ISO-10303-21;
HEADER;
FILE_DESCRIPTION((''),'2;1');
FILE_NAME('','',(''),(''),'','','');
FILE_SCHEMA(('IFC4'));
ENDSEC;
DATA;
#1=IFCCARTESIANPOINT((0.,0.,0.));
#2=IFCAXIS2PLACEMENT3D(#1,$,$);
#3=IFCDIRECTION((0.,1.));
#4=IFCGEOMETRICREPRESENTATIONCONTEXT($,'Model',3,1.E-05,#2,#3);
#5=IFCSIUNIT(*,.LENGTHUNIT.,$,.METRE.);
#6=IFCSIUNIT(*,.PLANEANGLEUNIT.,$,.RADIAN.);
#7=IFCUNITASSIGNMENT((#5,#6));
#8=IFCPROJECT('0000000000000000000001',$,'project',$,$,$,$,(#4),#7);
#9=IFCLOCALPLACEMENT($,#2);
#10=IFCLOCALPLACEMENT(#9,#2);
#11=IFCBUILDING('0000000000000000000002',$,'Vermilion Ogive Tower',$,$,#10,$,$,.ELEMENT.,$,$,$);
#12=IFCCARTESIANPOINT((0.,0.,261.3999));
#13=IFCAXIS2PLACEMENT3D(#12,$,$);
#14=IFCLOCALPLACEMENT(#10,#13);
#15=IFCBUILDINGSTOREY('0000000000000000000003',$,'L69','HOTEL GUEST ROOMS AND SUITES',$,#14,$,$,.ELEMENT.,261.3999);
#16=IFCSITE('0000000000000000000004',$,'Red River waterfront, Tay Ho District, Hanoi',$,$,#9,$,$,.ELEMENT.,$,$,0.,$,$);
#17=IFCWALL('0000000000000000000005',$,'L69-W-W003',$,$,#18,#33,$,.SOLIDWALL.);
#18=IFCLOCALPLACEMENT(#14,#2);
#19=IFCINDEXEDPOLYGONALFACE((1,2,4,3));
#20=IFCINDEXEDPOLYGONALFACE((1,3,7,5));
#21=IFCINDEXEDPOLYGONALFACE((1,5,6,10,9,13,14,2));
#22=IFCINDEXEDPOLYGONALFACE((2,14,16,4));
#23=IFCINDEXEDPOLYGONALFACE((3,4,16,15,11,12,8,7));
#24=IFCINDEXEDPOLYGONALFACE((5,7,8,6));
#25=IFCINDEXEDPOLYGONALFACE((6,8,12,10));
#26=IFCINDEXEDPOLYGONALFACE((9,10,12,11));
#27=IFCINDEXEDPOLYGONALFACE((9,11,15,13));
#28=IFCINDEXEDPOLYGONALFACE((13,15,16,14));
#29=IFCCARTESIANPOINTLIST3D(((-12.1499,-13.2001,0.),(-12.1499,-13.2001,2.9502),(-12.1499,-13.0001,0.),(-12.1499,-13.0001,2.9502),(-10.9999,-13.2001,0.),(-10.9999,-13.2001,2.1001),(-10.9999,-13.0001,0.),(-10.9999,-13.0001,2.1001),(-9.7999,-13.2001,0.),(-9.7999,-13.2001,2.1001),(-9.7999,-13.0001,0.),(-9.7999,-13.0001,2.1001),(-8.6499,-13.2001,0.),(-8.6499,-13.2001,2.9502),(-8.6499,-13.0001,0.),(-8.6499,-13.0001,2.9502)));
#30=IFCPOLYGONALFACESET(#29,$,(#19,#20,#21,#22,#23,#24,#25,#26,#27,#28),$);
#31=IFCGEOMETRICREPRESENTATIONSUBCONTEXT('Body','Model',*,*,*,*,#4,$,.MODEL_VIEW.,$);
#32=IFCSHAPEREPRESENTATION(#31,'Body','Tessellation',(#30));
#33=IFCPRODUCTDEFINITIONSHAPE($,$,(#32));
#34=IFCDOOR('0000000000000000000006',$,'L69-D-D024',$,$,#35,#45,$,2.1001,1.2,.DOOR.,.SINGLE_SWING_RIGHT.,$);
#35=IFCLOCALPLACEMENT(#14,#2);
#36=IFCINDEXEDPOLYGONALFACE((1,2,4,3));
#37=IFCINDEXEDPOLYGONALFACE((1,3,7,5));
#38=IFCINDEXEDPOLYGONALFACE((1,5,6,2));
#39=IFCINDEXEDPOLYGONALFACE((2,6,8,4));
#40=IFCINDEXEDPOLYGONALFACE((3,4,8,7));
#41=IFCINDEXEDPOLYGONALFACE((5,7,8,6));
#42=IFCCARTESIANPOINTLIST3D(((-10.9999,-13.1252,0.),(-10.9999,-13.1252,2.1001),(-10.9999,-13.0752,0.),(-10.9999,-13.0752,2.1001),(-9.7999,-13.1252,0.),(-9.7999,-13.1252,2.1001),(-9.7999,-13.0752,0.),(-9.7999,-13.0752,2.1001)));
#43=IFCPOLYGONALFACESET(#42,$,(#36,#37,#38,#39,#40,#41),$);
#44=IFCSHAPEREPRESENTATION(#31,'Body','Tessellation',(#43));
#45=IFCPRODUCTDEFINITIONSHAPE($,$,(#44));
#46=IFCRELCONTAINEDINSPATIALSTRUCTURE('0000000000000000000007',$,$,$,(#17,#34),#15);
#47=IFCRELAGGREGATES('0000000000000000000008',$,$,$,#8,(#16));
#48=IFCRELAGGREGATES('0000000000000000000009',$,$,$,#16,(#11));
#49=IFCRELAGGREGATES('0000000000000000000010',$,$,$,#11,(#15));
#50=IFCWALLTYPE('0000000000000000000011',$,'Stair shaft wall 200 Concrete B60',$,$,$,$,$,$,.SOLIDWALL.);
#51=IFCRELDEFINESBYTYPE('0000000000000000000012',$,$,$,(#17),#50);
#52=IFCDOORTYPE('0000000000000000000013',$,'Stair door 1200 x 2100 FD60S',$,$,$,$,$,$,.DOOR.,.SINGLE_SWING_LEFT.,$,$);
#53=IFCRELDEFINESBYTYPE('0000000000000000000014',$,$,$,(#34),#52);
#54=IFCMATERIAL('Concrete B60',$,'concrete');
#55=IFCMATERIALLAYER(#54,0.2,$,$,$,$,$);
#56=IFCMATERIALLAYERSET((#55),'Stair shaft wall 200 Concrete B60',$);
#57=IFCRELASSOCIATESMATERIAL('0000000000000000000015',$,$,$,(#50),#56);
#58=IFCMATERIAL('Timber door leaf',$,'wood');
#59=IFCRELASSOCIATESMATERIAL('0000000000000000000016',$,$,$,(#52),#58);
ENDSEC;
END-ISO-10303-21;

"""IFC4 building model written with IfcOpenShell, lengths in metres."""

from ifc_helpers import new_model, si_unit, direction, frame, frame_2d, origin, place, context, subcontext, project, spatial, rectangle, extrude, material, layer, layer_set, type_object, element, fill, save


model = new_model("IFC4")

# Units and contexts
model_context = context("Model", 3, precision=1e-05, world=origin(), true_north=direction((0.0, 1.0)))
body_context = subcontext(model_context, "Body", "Model", "MODEL_VIEW")
ifc_project = project(units=[si_unit("LENGTHUNIT", "METRE"), si_unit("PLANEANGLEUNIT", "RADIAN")], contexts=[model_context])

# Site, building, storey
site_placement = place(None, origin())
site = spatial("IfcSite", under=ifc_project, at=site_placement, Name="Red River waterfront, Tay Ho District, Hanoi", CompositionType="ELEMENT", RefElevation=0.0)
building_placement = place(site_placement, origin())
building = spatial("IfcBuilding", under=site, at=building_placement, Name="Vermilion Ogive Tower", CompositionType="ELEMENT")
storey_placement = place(building_placement, frame((0.0, 0.0, 261.3999)))
storey = spatial("IfcBuildingStorey", under=building, at=storey_placement, Name="L69", Description="HOTEL GUEST ROOMS AND SUITES", CompositionType="ELEMENT", Elevation=261.3999)

# Wall, opening, door
ifc_material_1 = material(Name="Concrete B60", Category="concrete")
ifc_layer_1 = layer(ifc_material_1, 0.2)
ifc_layer_set_1 = layer_set([ifc_layer_1], Name="Stair shaft wall 200 Concrete B60")
wall_type_1 = type_object("IfcWallType", Name="Stair shaft wall 200 Concrete B60", PredefinedType="SOLIDWALL", material=ifc_layer_set_1)
wall_1_placement = place(storey_placement, frame((-12.1499, -13.1001, 0.0), z_axis=(0.0, 0.0, 1.0), x_axis=(1.0, 0.0, 0.0)))
wall_1 = element("IfcWall", 1, at=wall_1_placement, inside=storey, type_object=wall_type_1, Name="L69-W-W003", PredefinedType="SOLIDWALL", context=body_context, shape_type="SweptSolid", body=[
    extrude(rectangle(XDim=3.5, YDim=0.2, at=frame_2d((1.75, 0.0))), origin(), (0.0, 0.0, 1.0), 2.9502),
])
opening_1_placement = place(wall_1_placement, frame((1.1499, 0.0, 0.0)))
opening_1 = element("IfcOpeningElement", 2, at=opening_1_placement, cuts=wall_1, PredefinedType="OPENING", context=body_context, shape_type="SweptSolid", body=[
    extrude(rectangle(XDim=1.2, YDim=2.1001, at=frame_2d((0.6001, 1.05))), frame((0.0, 0.1099, 0.0), z_axis=(0.0, -1.0, 0.0), x_axis=(1.0, 0.0, 0.0)), (0.0, 0.0, 1.0), 0.22),
])
ifc_material_2 = material(Name="Timber door leaf", Category="wood")
door_type_1 = type_object("IfcDoorType", Name="Stair door 1200 x 2100 FD60S", OperationType="SINGLE_SWING_LEFT", PredefinedType="DOOR", material=ifc_material_2)
door_1_placement = place(opening_1_placement, origin())
door_1 = element("IfcDoor", 3, at=door_1_placement, inside=storey, type_object=door_type_1, Name="L69-D-D024", OperationType="SINGLE_SWING_RIGHT", OverallHeight=2.1001, OverallWidth=1.2, PredefinedType="DOOR", context=body_context, shape_type="SweptSolid", body=[
    extrude(rectangle(XDim=1.2, YDim=2.1001, at=frame_2d((0.6001, 1.05))), frame((0.0, 0.0249, 0.0), z_axis=(0.0, -1.0, 0.0), x_axis=(1.0, 0.0, 0.0)), (0.0, 0.0, 1.0), 0.05),
])
fill(opening_1, door_1)

save(model, "model.ifc")
